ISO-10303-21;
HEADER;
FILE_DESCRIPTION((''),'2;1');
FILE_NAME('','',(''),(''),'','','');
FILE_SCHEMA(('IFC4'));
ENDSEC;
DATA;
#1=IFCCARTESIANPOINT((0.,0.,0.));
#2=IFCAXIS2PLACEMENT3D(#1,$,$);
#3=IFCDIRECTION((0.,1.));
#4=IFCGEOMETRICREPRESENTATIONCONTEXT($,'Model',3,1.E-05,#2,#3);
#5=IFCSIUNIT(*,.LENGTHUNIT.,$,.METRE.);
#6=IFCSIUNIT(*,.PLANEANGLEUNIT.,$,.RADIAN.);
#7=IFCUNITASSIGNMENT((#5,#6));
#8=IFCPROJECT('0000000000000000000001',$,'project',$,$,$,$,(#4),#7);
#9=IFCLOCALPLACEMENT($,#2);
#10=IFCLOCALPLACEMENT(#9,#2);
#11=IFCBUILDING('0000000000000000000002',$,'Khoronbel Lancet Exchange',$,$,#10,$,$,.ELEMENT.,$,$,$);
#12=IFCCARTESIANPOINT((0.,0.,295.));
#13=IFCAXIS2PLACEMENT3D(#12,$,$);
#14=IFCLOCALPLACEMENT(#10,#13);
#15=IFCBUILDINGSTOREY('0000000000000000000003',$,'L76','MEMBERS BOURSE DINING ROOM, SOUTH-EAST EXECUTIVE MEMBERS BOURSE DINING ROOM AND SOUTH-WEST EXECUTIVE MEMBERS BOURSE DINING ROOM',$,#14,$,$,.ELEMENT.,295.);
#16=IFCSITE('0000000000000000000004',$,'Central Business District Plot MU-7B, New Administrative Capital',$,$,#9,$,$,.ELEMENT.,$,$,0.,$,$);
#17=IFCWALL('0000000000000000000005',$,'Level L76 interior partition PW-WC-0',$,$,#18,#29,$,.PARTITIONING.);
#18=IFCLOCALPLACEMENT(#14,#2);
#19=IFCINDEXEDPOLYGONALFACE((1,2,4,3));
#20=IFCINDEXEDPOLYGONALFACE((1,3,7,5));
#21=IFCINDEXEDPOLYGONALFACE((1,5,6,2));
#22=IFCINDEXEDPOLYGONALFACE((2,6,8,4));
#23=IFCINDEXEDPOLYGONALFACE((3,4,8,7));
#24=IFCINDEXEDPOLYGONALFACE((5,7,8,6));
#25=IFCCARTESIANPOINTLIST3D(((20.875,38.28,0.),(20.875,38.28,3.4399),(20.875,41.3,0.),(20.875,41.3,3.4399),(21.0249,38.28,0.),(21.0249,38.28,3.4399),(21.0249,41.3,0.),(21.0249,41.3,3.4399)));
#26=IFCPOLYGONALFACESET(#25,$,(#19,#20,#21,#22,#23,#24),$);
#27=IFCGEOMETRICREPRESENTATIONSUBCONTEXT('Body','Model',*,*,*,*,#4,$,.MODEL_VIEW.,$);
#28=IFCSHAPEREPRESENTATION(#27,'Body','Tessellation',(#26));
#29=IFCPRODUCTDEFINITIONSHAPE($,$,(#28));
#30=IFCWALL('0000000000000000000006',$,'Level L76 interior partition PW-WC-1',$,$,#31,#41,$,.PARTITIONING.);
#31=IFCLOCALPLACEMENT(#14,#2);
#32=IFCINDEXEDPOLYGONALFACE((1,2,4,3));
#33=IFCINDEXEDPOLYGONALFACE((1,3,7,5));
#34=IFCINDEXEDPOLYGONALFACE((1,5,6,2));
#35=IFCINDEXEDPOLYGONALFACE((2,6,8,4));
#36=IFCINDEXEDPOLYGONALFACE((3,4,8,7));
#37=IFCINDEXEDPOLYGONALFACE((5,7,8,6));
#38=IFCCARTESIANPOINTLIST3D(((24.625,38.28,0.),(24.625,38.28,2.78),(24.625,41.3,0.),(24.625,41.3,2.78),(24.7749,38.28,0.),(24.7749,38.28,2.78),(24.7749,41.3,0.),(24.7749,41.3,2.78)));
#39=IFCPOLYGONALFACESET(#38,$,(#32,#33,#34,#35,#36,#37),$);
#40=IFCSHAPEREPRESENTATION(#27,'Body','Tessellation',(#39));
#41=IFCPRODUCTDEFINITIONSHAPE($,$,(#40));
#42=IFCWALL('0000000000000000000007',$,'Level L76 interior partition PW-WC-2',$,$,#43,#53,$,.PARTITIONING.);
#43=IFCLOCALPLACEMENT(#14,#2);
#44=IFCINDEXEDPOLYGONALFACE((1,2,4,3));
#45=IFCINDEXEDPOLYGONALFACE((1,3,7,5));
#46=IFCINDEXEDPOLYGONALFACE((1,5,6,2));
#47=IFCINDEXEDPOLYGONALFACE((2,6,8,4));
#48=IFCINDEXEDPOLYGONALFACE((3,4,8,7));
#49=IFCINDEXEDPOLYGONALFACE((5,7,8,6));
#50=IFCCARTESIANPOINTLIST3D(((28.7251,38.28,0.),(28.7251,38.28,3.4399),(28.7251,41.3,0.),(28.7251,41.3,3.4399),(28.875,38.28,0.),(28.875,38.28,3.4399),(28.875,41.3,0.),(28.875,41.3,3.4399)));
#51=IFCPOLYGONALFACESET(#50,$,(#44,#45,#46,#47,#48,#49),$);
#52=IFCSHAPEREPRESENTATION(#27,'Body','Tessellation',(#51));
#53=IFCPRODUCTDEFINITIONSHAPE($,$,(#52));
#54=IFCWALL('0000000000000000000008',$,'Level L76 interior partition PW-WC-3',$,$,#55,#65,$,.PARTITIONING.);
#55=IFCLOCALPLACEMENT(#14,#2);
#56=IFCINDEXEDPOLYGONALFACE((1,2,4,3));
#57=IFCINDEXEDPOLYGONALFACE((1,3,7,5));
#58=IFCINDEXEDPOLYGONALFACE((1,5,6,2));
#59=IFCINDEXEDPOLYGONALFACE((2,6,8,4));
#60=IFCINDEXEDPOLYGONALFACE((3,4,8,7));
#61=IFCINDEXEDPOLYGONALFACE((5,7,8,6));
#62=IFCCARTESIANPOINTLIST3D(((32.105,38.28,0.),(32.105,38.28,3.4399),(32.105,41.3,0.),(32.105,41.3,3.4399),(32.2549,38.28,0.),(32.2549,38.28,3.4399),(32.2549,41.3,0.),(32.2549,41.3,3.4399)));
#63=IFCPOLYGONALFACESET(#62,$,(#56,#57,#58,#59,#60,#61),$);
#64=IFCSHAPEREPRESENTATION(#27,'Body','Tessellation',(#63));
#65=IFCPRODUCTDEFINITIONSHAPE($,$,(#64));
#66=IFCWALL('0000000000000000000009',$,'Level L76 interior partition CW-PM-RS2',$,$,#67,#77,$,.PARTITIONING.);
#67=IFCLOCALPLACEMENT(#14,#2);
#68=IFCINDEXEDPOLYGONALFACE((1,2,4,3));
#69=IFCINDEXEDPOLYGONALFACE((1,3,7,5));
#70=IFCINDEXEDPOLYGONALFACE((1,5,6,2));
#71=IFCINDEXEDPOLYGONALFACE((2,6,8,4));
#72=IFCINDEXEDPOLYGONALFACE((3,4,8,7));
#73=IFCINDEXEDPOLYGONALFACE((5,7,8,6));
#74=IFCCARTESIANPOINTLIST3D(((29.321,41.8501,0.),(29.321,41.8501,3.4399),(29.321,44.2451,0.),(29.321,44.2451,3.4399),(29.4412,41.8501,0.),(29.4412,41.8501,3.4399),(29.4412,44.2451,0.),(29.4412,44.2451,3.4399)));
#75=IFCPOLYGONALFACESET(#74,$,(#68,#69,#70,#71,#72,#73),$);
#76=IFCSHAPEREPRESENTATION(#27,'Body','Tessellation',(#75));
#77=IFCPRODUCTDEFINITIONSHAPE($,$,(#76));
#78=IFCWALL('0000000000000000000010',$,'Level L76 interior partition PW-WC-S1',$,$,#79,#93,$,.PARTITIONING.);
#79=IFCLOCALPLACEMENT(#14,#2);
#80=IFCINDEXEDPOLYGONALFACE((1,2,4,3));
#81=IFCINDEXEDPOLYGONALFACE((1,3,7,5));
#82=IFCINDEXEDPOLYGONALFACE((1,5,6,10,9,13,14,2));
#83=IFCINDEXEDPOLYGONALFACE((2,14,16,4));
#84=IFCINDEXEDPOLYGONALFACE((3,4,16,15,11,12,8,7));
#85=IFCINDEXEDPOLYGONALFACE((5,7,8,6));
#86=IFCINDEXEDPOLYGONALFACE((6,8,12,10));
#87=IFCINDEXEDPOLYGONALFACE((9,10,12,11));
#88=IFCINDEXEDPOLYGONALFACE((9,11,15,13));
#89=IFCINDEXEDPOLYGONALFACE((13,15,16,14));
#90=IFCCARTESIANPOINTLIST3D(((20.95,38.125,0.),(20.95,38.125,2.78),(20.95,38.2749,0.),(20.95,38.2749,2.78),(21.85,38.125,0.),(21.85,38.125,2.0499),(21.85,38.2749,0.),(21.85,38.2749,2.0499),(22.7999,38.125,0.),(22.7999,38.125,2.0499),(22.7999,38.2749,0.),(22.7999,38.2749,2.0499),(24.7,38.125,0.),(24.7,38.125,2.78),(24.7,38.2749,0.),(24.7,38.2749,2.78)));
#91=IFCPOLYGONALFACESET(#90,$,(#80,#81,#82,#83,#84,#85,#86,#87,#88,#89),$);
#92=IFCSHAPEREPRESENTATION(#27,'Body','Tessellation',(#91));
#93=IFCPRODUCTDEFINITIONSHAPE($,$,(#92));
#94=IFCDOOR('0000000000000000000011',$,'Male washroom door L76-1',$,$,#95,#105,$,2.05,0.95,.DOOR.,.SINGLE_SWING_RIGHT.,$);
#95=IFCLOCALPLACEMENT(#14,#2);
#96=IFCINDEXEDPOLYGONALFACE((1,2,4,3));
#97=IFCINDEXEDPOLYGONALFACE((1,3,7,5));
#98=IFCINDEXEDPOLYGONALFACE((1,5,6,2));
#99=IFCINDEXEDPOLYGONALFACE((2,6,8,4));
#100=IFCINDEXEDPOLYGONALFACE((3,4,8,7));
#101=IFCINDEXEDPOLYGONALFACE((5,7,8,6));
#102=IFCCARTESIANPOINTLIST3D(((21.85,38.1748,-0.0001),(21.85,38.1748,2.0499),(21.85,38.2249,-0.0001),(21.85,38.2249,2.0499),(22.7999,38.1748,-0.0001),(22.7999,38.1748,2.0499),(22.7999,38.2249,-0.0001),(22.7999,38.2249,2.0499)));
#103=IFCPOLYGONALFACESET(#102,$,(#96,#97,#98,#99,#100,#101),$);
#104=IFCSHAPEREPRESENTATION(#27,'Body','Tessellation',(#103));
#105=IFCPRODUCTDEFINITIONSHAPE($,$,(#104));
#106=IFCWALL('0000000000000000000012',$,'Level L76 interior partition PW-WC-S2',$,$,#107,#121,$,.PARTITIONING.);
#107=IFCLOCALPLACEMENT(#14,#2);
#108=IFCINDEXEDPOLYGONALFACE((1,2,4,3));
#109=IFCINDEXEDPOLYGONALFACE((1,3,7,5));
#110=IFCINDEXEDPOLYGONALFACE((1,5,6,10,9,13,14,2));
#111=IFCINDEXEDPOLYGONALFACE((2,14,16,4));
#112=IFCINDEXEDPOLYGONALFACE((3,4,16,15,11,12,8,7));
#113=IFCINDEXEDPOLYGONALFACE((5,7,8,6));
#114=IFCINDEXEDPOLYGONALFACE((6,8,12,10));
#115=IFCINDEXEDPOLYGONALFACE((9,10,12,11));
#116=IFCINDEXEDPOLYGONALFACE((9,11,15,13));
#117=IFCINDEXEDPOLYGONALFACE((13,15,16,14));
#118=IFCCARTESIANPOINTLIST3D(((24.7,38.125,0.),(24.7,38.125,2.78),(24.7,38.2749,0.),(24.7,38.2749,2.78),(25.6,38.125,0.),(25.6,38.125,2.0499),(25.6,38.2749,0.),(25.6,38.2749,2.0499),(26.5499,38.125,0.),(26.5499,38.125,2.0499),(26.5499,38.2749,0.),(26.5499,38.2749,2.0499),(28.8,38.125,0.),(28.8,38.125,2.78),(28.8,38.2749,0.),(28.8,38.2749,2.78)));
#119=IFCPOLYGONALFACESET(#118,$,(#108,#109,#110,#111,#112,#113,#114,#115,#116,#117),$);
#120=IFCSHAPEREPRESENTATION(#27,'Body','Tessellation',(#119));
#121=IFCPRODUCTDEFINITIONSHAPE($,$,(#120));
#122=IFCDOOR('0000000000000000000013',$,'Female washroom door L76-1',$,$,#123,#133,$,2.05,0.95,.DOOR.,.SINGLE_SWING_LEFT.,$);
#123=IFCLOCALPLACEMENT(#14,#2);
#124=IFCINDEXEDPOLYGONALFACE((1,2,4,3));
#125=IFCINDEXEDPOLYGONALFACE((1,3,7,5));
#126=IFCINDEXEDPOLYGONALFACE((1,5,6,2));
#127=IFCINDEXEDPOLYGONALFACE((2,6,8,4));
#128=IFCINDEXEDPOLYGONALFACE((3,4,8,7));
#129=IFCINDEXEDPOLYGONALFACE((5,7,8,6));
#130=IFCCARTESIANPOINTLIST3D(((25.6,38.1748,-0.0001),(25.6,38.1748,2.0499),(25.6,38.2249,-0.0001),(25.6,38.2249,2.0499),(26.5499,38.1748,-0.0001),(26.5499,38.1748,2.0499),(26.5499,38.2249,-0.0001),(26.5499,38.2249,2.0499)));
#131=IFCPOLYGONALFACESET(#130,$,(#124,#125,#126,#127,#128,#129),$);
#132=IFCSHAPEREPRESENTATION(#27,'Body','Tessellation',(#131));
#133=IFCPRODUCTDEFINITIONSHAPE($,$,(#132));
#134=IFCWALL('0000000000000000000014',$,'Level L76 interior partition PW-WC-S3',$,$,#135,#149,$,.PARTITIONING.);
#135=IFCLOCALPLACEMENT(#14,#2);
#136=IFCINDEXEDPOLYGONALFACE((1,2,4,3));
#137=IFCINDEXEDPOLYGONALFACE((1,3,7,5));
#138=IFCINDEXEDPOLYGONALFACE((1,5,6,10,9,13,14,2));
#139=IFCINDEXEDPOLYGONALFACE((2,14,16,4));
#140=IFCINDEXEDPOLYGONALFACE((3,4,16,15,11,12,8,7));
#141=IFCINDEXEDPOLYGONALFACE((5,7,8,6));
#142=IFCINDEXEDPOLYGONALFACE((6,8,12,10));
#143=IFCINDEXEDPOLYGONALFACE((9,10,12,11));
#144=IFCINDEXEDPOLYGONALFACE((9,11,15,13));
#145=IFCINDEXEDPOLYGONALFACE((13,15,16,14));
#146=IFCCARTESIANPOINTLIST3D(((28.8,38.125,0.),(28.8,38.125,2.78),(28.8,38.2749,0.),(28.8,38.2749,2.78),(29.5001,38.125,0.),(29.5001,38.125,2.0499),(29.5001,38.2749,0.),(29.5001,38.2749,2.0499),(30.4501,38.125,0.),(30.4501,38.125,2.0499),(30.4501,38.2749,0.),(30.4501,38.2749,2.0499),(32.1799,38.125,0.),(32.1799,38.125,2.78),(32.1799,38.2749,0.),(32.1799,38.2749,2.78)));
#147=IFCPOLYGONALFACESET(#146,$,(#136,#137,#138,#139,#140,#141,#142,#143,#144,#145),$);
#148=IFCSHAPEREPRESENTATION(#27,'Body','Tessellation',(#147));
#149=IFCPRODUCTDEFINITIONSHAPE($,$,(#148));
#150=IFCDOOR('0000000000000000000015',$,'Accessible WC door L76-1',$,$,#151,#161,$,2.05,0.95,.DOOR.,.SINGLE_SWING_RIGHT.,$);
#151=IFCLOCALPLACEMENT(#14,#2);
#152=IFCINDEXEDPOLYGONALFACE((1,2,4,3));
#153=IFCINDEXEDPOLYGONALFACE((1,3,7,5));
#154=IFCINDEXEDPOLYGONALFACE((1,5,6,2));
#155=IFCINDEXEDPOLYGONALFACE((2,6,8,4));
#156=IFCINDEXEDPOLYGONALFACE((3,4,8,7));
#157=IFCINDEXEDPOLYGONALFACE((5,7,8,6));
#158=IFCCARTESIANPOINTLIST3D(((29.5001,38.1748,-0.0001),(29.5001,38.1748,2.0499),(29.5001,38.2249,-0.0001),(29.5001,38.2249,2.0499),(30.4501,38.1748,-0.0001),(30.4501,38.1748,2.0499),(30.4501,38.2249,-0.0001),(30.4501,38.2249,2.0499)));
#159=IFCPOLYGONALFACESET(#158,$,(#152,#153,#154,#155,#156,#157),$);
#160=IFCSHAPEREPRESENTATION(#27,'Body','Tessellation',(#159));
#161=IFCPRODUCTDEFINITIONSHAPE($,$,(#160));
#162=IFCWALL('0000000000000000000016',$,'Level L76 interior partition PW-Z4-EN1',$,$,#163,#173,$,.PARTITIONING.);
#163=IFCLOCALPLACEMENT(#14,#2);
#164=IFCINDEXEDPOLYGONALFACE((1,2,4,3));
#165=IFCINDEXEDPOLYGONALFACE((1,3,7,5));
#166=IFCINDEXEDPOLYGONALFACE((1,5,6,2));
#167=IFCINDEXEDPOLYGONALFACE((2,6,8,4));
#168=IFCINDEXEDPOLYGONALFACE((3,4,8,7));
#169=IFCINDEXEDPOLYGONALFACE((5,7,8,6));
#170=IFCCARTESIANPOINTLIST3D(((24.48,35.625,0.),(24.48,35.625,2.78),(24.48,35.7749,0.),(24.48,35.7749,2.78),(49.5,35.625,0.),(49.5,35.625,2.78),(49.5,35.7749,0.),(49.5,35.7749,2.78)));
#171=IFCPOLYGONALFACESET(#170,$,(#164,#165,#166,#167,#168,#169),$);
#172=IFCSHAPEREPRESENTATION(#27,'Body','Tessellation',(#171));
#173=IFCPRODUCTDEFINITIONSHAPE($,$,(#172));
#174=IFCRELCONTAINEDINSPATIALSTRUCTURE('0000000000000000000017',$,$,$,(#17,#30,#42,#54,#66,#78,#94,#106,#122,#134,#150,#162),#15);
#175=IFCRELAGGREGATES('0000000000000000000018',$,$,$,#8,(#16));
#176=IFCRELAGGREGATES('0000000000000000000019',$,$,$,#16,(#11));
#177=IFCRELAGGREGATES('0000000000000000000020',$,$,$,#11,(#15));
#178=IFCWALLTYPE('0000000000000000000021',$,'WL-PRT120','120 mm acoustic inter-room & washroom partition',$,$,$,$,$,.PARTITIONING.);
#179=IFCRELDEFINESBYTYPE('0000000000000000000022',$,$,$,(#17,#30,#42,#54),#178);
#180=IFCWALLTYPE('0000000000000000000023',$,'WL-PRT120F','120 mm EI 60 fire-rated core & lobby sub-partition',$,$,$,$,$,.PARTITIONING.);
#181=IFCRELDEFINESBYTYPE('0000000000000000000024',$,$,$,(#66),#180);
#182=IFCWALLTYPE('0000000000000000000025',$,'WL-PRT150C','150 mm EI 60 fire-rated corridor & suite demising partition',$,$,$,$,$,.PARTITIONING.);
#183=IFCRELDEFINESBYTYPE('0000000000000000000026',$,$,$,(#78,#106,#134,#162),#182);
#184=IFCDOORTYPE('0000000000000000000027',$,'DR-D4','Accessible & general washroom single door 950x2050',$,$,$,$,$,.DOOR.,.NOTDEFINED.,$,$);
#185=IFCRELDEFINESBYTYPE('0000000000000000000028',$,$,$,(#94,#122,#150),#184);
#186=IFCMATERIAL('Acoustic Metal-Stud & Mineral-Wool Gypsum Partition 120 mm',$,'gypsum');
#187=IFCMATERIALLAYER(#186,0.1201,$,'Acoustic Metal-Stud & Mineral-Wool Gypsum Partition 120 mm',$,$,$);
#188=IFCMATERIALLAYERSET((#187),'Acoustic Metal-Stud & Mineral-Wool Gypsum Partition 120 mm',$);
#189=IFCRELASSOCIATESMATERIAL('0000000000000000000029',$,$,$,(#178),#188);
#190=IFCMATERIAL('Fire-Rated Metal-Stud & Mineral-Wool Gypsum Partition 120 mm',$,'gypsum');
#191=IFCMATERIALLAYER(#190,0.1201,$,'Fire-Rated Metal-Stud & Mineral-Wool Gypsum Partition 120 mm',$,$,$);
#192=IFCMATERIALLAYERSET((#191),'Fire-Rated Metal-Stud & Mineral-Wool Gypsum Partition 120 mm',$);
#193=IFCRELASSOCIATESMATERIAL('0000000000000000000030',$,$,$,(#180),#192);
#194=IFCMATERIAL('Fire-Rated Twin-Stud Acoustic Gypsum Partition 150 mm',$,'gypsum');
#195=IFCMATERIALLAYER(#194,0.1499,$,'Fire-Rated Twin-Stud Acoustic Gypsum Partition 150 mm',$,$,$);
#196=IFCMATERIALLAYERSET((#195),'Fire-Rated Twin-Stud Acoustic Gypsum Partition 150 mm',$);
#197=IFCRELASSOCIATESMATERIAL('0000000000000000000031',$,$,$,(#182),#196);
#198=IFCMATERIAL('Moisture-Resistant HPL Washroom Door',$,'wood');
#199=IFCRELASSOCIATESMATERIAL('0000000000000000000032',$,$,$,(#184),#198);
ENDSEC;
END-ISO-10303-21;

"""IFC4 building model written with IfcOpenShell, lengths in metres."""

from ifc_helpers import new_model, si_unit, direction, frame, frame_2d, origin, place, context, subcontext, project, spatial, rectangle, extrude, material, layer, layer_set, type_object, element, fill, save


model = new_model("IFC4")

# Units and contexts
model_context = context("Model", 3, precision=1e-05, world=origin(), true_north=direction((0.0, 1.0)))
body_context = subcontext(model_context, "Body", "Model", "MODEL_VIEW")
ifc_project = project(units=[si_unit("LENGTHUNIT", "METRE"), si_unit("PLANEANGLEUNIT", "RADIAN")], contexts=[model_context])

# Site, building, storey
site_placement = place(None, origin())
site = spatial("IfcSite", under=ifc_project, at=site_placement, Name="Central Business District Plot MU-7B, New Administrative Capital", CompositionType="ELEMENT", RefElevation=0.0)
building_placement = place(site_placement, origin())
building = spatial("IfcBuilding", under=site, at=building_placement, Name="Khoronbel Lancet Exchange", CompositionType="ELEMENT")
storey_placement = place(building_placement, frame((0.0, 0.0, 295.0)))
storey = spatial("IfcBuildingStorey", under=building, at=storey_placement, Name="L76", Description="MEMBERS BOURSE DINING ROOM, SOUTH-EAST EXECUTIVE MEMBERS BOURSE DINING ROOM AND SOUTH-WEST EXECUTIVE MEMBERS BOURSE DINING ROOM", CompositionType="ELEMENT", Elevation=295.0)

# Walls
ifc_material_1 = material(Name="Acoustic Metal-Stud & Mineral-Wool Gypsum Partition 120 mm", Category="gypsum")
ifc_layer_1 = layer(ifc_material_1, 0.1201, Name="Acoustic Metal-Stud & Mineral-Wool Gypsum Partition 120 mm")
ifc_layer_set_1 = layer_set([ifc_layer_1], Name="Acoustic Metal-Stud & Mineral-Wool Gypsum Partition 120 mm")
wall_type_1 = type_object("IfcWallType", Name="WL-PRT120", Description="120 mm acoustic inter-room & washroom partition", PredefinedType="PARTITIONING", material=ifc_layer_set_1)
wall_1_placement = place(storey_placement, frame((20.95, 38.28, 0.0), z_axis=(0.0, 0.0, 1.0), x_axis=(0.0, 1.0, 0.0)))
element("IfcWall", 1, at=wall_1_placement, inside=storey, type_object=wall_type_1, Name="Level L76 interior partition PW-WC-0", PredefinedType="PARTITIONING", context=body_context, shape_type="SweptSolid", body=[
    extrude(rectangle(XDim=3.02, YDim=0.1499, at=frame_2d((1.51, 0.0))), origin(), (0.0, 0.0, 1.0), 3.4399),
])
wall_2_placement = place(storey_placement, frame((24.7, 38.28, 0.0), z_axis=(0.0, 0.0, 1.0), x_axis=(0.0, 1.0, 0.0)))
element("IfcWall", 2, at=wall_2_placement, inside=storey, type_object=wall_type_1, Name="Level L76 interior partition PW-WC-1", PredefinedType="PARTITIONING", context=body_context, shape_type="SweptSolid", body=[
    extrude(rectangle(XDim=3.02, YDim=0.1499, at=frame_2d((1.51, 0.0))), origin(), (0.0, 0.0, 1.0), 2.78),
])
for number, where, z_axis, x_axis, name in (
    (3, (28.8, 38.28, 0.0), (0.0, 0.0, 1.0), (0.0, 1.0, 0.0), "Level L76 interior partition PW-WC-2"),
    (4, (32.1799, 38.28, 0.0), (0.0, 0.0, 1.0), (0.0, 1.0, 0.0), "Level L76 interior partition PW-WC-3"),
):
    element("IfcWall", number, at=place(storey_placement, frame(where, z_axis=z_axis, x_axis=x_axis)), inside=storey, type_object=wall_type_1, Name=name, PredefinedType="PARTITIONING", context=body_context, shape_type="SweptSolid", body=[
        extrude(rectangle(XDim=3.02, YDim=0.1499, at=frame_2d((1.51, 0.0))), origin(), (0.0, 0.0, 1.0), 3.4399),
    ])
ifc_material_2 = material(Name="Fire-Rated Metal-Stud & Mineral-Wool Gypsum Partition 120 mm", Category="gypsum")
ifc_layer_2 = layer(ifc_material_2, 0.1201, Name="Fire-Rated Metal-Stud & Mineral-Wool Gypsum Partition 120 mm")
ifc_layer_set_2 = layer_set([ifc_layer_2], Name="Fire-Rated Metal-Stud & Mineral-Wool Gypsum Partition 120 mm")
wall_type_2 = type_object("IfcWallType", Name="WL-PRT120F", Description="120 mm EI 60 fire-rated core & lobby sub-partition", PredefinedType="PARTITIONING", material=ifc_layer_set_2)
wall_3_placement = place(storey_placement, frame((29.3811, 41.8501, 0.0), z_axis=(0.0, 0.0, 1.0), x_axis=(0.0, 1.0, 0.0)))
element("IfcWall", 5, at=wall_3_placement, inside=storey, type_object=wall_type_2, Name="Level L76 interior partition CW-PM-RS2", PredefinedType="PARTITIONING", context=body_context, shape_type="SweptSolid", body=[
    extrude(rectangle(XDim=2.395, YDim=0.1201, at=frame_2d((1.1975, 0.0))), origin(), (0.0, 0.0, 1.0), 3.4399),
])

# Walls, openings, doors
ifc_material_3 = material(Name="Fire-Rated Twin-Stud Acoustic Gypsum Partition 150 mm", Category="gypsum")
ifc_layer_3 = layer(ifc_material_3, 0.1499, Name="Fire-Rated Twin-Stud Acoustic Gypsum Partition 150 mm")
ifc_layer_set_3 = layer_set([ifc_layer_3], Name="Fire-Rated Twin-Stud Acoustic Gypsum Partition 150 mm")
wall_type_3 = type_object("IfcWallType", Name="WL-PRT150C", Description="150 mm EI 60 fire-rated corridor & suite demising partition", PredefinedType="PARTITIONING", material=ifc_layer_set_3)
wall_4_placement = place(storey_placement, frame((20.95, 38.2, 0.0), z_axis=(0.0, 0.0, 1.0), x_axis=(1.0, 0.0, 0.0)))
wall_4 = element("IfcWall", 6, at=wall_4_placement, inside=storey, type_object=wall_type_3, Name="Level L76 interior partition PW-WC-S1", PredefinedType="PARTITIONING", context=body_context, shape_type="SweptSolid", body=[
    extrude(rectangle(XDim=3.75, YDim=0.1499, at=frame_2d((1.875, 0.0))), origin(), (0.0, 0.0, 1.0), 2.78),
])
opening_1_placement = place(wall_4_placement, frame((0.8999, 0.0, 0.0)))
opening_1 = element("IfcOpeningElement", 7, at=opening_1_placement, cuts=wall_4, PredefinedType="OPENING", context=body_context, shape_type="SweptSolid", body=[
    extrude(rectangle(XDim=0.95, YDim=2.05, at=frame_2d((0.4751, 1.0249))), frame((0.0, 0.085, 0.0), z_axis=(0.0, -1.0, 0.0), x_axis=(1.0, 0.0, 0.0)), (0.0, 0.0, 1.0), 0.1699),
])
ifc_material_4 = material(Name="Moisture-Resistant HPL Washroom Door", Category="wood")
door_type_1 = type_object("IfcDoorType", Name="DR-D4", Description="Accessible & general washroom single door 950x2050", OperationType="NOTDEFINED", PredefinedType="DOOR", material=ifc_material_4)
door_1_placement = place(opening_1_placement, origin())
door_1 = element("IfcDoor", 8, at=door_1_placement, inside=storey, type_object=door_type_1, Name="Male washroom door L76-1", OperationType="SINGLE_SWING_RIGHT", OverallHeight=2.05, OverallWidth=0.95, PredefinedType="DOOR", context=body_context, shape_type="SweptSolid", body=[
    extrude(rectangle(XDim=0.95, YDim=2.05, at=frame_2d((0.4751, 1.0249))), frame((0.0, 0.0249, 0.0), z_axis=(0.0, -1.0, 0.0), x_axis=(1.0, 0.0, 0.0)), (0.0, 0.0, 1.0), 0.05),
])
fill(opening_1, door_1)
wall_5_placement = place(storey_placement, frame((24.7, 38.2, 0.0), z_axis=(0.0, 0.0, 1.0), x_axis=(1.0, 0.0, 0.0)))
wall_5 = element("IfcWall", 9, at=wall_5_placement, inside=storey, type_object=wall_type_3, Name="Level L76 interior partition PW-WC-S2", PredefinedType="PARTITIONING", context=body_context, shape_type="SweptSolid", body=[
    extrude(rectangle(XDim=4.1001, YDim=0.1499, at=frame_2d((2.05, 0.0))), origin(), (0.0, 0.0, 1.0), 2.78),
])
opening_2_placement = place(wall_5_placement, frame((0.8999, 0.0, 0.0)))
opening_2 = element("IfcOpeningElement", 10, at=opening_2_placement, cuts=wall_5, PredefinedType="OPENING", context=body_context, shape_type="SweptSolid", body=[
    extrude(rectangle(XDim=0.95, YDim=2.05, at=frame_2d((0.4751, 1.0249))), frame((0.0, 0.085, 0.0), z_axis=(0.0, -1.0, 0.0), x_axis=(1.0, 0.0, 0.0)), (0.0, 0.0, 1.0), 0.1699),
])
door_2_placement = place(opening_2_placement, origin())
door_2 = element("IfcDoor", 11, at=door_2_placement, inside=storey, type_object=door_type_1, Name="Female washroom door L76-1", OperationType="SINGLE_SWING_LEFT", OverallHeight=2.05, OverallWidth=0.95, PredefinedType="DOOR", context=body_context, shape_type="SweptSolid", body=[
    extrude(rectangle(XDim=0.95, YDim=2.05, at=frame_2d((0.4751, 1.0249))), frame((0.0, 0.0249, 0.0), z_axis=(0.0, -1.0, 0.0), x_axis=(1.0, 0.0, 0.0)), (0.0, 0.0, 1.0), 0.05),
])
fill(opening_2, door_2)
wall_6_placement = place(storey_placement, frame((28.8, 38.2, 0.0), z_axis=(0.0, 0.0, 1.0), x_axis=(1.0, 0.0, 0.0)))
wall_6 = element("IfcWall", 12, at=wall_6_placement, inside=storey, type_object=wall_type_3, Name="Level L76 interior partition PW-WC-S3", PredefinedType="PARTITIONING", context=body_context, shape_type="SweptSolid", body=[
    extrude(rectangle(XDim=3.3799, YDim=0.1499, at=frame_2d((1.6899, 0.0))), origin(), (0.0, 0.0, 1.0), 2.78),
])
opening_3_placement = place(wall_6_placement, frame((0.7, 0.0, 0.0)))
opening_3 = element("IfcOpeningElement", 13, at=opening_3_placement, cuts=wall_6, PredefinedType="OPENING", context=body_context, shape_type="SweptSolid", body=[
    extrude(rectangle(XDim=0.95, YDim=2.05, at=frame_2d((0.4751, 1.0249))), frame((0.0, 0.085, 0.0), z_axis=(0.0, -1.0, 0.0), x_axis=(1.0, 0.0, 0.0)), (0.0, 0.0, 1.0), 0.1699),
])
door_3_placement = place(opening_3_placement, origin())
door_3 = element("IfcDoor", 14, at=door_3_placement, inside=storey, type_object=door_type_1, Name="Accessible WC door L76-1", OperationType="SINGLE_SWING_RIGHT", OverallHeight=2.05, OverallWidth=0.95, PredefinedType="DOOR", context=body_context, shape_type="SweptSolid", body=[
    extrude(rectangle(XDim=0.95, YDim=2.05, at=frame_2d((0.4751, 1.0249))), frame((0.0, 0.0249, 0.0), z_axis=(0.0, -1.0, 0.0), x_axis=(1.0, 0.0, 0.0)), (0.0, 0.0, 1.0), 0.05),
])
fill(opening_3, door_3)

# Wall
wall_7_placement = place(storey_placement, frame((24.48, 35.7, 0.0), z_axis=(0.0, 0.0, 1.0), x_axis=(1.0, 0.0, 0.0)))
element("IfcWall", 15, at=wall_7_placement, inside=storey, type_object=wall_type_3, Name="Level L76 interior partition PW-Z4-EN1", PredefinedType="PARTITIONING", context=body_context, shape_type="SweptSolid", body=[
    extrude(rectangle(XDim=25.02, YDim=0.1499, at=frame_2d((12.51, 0.0))), origin(), (0.0, 0.0, 1.0), 2.78),
])

save(model, "model.ifc")
